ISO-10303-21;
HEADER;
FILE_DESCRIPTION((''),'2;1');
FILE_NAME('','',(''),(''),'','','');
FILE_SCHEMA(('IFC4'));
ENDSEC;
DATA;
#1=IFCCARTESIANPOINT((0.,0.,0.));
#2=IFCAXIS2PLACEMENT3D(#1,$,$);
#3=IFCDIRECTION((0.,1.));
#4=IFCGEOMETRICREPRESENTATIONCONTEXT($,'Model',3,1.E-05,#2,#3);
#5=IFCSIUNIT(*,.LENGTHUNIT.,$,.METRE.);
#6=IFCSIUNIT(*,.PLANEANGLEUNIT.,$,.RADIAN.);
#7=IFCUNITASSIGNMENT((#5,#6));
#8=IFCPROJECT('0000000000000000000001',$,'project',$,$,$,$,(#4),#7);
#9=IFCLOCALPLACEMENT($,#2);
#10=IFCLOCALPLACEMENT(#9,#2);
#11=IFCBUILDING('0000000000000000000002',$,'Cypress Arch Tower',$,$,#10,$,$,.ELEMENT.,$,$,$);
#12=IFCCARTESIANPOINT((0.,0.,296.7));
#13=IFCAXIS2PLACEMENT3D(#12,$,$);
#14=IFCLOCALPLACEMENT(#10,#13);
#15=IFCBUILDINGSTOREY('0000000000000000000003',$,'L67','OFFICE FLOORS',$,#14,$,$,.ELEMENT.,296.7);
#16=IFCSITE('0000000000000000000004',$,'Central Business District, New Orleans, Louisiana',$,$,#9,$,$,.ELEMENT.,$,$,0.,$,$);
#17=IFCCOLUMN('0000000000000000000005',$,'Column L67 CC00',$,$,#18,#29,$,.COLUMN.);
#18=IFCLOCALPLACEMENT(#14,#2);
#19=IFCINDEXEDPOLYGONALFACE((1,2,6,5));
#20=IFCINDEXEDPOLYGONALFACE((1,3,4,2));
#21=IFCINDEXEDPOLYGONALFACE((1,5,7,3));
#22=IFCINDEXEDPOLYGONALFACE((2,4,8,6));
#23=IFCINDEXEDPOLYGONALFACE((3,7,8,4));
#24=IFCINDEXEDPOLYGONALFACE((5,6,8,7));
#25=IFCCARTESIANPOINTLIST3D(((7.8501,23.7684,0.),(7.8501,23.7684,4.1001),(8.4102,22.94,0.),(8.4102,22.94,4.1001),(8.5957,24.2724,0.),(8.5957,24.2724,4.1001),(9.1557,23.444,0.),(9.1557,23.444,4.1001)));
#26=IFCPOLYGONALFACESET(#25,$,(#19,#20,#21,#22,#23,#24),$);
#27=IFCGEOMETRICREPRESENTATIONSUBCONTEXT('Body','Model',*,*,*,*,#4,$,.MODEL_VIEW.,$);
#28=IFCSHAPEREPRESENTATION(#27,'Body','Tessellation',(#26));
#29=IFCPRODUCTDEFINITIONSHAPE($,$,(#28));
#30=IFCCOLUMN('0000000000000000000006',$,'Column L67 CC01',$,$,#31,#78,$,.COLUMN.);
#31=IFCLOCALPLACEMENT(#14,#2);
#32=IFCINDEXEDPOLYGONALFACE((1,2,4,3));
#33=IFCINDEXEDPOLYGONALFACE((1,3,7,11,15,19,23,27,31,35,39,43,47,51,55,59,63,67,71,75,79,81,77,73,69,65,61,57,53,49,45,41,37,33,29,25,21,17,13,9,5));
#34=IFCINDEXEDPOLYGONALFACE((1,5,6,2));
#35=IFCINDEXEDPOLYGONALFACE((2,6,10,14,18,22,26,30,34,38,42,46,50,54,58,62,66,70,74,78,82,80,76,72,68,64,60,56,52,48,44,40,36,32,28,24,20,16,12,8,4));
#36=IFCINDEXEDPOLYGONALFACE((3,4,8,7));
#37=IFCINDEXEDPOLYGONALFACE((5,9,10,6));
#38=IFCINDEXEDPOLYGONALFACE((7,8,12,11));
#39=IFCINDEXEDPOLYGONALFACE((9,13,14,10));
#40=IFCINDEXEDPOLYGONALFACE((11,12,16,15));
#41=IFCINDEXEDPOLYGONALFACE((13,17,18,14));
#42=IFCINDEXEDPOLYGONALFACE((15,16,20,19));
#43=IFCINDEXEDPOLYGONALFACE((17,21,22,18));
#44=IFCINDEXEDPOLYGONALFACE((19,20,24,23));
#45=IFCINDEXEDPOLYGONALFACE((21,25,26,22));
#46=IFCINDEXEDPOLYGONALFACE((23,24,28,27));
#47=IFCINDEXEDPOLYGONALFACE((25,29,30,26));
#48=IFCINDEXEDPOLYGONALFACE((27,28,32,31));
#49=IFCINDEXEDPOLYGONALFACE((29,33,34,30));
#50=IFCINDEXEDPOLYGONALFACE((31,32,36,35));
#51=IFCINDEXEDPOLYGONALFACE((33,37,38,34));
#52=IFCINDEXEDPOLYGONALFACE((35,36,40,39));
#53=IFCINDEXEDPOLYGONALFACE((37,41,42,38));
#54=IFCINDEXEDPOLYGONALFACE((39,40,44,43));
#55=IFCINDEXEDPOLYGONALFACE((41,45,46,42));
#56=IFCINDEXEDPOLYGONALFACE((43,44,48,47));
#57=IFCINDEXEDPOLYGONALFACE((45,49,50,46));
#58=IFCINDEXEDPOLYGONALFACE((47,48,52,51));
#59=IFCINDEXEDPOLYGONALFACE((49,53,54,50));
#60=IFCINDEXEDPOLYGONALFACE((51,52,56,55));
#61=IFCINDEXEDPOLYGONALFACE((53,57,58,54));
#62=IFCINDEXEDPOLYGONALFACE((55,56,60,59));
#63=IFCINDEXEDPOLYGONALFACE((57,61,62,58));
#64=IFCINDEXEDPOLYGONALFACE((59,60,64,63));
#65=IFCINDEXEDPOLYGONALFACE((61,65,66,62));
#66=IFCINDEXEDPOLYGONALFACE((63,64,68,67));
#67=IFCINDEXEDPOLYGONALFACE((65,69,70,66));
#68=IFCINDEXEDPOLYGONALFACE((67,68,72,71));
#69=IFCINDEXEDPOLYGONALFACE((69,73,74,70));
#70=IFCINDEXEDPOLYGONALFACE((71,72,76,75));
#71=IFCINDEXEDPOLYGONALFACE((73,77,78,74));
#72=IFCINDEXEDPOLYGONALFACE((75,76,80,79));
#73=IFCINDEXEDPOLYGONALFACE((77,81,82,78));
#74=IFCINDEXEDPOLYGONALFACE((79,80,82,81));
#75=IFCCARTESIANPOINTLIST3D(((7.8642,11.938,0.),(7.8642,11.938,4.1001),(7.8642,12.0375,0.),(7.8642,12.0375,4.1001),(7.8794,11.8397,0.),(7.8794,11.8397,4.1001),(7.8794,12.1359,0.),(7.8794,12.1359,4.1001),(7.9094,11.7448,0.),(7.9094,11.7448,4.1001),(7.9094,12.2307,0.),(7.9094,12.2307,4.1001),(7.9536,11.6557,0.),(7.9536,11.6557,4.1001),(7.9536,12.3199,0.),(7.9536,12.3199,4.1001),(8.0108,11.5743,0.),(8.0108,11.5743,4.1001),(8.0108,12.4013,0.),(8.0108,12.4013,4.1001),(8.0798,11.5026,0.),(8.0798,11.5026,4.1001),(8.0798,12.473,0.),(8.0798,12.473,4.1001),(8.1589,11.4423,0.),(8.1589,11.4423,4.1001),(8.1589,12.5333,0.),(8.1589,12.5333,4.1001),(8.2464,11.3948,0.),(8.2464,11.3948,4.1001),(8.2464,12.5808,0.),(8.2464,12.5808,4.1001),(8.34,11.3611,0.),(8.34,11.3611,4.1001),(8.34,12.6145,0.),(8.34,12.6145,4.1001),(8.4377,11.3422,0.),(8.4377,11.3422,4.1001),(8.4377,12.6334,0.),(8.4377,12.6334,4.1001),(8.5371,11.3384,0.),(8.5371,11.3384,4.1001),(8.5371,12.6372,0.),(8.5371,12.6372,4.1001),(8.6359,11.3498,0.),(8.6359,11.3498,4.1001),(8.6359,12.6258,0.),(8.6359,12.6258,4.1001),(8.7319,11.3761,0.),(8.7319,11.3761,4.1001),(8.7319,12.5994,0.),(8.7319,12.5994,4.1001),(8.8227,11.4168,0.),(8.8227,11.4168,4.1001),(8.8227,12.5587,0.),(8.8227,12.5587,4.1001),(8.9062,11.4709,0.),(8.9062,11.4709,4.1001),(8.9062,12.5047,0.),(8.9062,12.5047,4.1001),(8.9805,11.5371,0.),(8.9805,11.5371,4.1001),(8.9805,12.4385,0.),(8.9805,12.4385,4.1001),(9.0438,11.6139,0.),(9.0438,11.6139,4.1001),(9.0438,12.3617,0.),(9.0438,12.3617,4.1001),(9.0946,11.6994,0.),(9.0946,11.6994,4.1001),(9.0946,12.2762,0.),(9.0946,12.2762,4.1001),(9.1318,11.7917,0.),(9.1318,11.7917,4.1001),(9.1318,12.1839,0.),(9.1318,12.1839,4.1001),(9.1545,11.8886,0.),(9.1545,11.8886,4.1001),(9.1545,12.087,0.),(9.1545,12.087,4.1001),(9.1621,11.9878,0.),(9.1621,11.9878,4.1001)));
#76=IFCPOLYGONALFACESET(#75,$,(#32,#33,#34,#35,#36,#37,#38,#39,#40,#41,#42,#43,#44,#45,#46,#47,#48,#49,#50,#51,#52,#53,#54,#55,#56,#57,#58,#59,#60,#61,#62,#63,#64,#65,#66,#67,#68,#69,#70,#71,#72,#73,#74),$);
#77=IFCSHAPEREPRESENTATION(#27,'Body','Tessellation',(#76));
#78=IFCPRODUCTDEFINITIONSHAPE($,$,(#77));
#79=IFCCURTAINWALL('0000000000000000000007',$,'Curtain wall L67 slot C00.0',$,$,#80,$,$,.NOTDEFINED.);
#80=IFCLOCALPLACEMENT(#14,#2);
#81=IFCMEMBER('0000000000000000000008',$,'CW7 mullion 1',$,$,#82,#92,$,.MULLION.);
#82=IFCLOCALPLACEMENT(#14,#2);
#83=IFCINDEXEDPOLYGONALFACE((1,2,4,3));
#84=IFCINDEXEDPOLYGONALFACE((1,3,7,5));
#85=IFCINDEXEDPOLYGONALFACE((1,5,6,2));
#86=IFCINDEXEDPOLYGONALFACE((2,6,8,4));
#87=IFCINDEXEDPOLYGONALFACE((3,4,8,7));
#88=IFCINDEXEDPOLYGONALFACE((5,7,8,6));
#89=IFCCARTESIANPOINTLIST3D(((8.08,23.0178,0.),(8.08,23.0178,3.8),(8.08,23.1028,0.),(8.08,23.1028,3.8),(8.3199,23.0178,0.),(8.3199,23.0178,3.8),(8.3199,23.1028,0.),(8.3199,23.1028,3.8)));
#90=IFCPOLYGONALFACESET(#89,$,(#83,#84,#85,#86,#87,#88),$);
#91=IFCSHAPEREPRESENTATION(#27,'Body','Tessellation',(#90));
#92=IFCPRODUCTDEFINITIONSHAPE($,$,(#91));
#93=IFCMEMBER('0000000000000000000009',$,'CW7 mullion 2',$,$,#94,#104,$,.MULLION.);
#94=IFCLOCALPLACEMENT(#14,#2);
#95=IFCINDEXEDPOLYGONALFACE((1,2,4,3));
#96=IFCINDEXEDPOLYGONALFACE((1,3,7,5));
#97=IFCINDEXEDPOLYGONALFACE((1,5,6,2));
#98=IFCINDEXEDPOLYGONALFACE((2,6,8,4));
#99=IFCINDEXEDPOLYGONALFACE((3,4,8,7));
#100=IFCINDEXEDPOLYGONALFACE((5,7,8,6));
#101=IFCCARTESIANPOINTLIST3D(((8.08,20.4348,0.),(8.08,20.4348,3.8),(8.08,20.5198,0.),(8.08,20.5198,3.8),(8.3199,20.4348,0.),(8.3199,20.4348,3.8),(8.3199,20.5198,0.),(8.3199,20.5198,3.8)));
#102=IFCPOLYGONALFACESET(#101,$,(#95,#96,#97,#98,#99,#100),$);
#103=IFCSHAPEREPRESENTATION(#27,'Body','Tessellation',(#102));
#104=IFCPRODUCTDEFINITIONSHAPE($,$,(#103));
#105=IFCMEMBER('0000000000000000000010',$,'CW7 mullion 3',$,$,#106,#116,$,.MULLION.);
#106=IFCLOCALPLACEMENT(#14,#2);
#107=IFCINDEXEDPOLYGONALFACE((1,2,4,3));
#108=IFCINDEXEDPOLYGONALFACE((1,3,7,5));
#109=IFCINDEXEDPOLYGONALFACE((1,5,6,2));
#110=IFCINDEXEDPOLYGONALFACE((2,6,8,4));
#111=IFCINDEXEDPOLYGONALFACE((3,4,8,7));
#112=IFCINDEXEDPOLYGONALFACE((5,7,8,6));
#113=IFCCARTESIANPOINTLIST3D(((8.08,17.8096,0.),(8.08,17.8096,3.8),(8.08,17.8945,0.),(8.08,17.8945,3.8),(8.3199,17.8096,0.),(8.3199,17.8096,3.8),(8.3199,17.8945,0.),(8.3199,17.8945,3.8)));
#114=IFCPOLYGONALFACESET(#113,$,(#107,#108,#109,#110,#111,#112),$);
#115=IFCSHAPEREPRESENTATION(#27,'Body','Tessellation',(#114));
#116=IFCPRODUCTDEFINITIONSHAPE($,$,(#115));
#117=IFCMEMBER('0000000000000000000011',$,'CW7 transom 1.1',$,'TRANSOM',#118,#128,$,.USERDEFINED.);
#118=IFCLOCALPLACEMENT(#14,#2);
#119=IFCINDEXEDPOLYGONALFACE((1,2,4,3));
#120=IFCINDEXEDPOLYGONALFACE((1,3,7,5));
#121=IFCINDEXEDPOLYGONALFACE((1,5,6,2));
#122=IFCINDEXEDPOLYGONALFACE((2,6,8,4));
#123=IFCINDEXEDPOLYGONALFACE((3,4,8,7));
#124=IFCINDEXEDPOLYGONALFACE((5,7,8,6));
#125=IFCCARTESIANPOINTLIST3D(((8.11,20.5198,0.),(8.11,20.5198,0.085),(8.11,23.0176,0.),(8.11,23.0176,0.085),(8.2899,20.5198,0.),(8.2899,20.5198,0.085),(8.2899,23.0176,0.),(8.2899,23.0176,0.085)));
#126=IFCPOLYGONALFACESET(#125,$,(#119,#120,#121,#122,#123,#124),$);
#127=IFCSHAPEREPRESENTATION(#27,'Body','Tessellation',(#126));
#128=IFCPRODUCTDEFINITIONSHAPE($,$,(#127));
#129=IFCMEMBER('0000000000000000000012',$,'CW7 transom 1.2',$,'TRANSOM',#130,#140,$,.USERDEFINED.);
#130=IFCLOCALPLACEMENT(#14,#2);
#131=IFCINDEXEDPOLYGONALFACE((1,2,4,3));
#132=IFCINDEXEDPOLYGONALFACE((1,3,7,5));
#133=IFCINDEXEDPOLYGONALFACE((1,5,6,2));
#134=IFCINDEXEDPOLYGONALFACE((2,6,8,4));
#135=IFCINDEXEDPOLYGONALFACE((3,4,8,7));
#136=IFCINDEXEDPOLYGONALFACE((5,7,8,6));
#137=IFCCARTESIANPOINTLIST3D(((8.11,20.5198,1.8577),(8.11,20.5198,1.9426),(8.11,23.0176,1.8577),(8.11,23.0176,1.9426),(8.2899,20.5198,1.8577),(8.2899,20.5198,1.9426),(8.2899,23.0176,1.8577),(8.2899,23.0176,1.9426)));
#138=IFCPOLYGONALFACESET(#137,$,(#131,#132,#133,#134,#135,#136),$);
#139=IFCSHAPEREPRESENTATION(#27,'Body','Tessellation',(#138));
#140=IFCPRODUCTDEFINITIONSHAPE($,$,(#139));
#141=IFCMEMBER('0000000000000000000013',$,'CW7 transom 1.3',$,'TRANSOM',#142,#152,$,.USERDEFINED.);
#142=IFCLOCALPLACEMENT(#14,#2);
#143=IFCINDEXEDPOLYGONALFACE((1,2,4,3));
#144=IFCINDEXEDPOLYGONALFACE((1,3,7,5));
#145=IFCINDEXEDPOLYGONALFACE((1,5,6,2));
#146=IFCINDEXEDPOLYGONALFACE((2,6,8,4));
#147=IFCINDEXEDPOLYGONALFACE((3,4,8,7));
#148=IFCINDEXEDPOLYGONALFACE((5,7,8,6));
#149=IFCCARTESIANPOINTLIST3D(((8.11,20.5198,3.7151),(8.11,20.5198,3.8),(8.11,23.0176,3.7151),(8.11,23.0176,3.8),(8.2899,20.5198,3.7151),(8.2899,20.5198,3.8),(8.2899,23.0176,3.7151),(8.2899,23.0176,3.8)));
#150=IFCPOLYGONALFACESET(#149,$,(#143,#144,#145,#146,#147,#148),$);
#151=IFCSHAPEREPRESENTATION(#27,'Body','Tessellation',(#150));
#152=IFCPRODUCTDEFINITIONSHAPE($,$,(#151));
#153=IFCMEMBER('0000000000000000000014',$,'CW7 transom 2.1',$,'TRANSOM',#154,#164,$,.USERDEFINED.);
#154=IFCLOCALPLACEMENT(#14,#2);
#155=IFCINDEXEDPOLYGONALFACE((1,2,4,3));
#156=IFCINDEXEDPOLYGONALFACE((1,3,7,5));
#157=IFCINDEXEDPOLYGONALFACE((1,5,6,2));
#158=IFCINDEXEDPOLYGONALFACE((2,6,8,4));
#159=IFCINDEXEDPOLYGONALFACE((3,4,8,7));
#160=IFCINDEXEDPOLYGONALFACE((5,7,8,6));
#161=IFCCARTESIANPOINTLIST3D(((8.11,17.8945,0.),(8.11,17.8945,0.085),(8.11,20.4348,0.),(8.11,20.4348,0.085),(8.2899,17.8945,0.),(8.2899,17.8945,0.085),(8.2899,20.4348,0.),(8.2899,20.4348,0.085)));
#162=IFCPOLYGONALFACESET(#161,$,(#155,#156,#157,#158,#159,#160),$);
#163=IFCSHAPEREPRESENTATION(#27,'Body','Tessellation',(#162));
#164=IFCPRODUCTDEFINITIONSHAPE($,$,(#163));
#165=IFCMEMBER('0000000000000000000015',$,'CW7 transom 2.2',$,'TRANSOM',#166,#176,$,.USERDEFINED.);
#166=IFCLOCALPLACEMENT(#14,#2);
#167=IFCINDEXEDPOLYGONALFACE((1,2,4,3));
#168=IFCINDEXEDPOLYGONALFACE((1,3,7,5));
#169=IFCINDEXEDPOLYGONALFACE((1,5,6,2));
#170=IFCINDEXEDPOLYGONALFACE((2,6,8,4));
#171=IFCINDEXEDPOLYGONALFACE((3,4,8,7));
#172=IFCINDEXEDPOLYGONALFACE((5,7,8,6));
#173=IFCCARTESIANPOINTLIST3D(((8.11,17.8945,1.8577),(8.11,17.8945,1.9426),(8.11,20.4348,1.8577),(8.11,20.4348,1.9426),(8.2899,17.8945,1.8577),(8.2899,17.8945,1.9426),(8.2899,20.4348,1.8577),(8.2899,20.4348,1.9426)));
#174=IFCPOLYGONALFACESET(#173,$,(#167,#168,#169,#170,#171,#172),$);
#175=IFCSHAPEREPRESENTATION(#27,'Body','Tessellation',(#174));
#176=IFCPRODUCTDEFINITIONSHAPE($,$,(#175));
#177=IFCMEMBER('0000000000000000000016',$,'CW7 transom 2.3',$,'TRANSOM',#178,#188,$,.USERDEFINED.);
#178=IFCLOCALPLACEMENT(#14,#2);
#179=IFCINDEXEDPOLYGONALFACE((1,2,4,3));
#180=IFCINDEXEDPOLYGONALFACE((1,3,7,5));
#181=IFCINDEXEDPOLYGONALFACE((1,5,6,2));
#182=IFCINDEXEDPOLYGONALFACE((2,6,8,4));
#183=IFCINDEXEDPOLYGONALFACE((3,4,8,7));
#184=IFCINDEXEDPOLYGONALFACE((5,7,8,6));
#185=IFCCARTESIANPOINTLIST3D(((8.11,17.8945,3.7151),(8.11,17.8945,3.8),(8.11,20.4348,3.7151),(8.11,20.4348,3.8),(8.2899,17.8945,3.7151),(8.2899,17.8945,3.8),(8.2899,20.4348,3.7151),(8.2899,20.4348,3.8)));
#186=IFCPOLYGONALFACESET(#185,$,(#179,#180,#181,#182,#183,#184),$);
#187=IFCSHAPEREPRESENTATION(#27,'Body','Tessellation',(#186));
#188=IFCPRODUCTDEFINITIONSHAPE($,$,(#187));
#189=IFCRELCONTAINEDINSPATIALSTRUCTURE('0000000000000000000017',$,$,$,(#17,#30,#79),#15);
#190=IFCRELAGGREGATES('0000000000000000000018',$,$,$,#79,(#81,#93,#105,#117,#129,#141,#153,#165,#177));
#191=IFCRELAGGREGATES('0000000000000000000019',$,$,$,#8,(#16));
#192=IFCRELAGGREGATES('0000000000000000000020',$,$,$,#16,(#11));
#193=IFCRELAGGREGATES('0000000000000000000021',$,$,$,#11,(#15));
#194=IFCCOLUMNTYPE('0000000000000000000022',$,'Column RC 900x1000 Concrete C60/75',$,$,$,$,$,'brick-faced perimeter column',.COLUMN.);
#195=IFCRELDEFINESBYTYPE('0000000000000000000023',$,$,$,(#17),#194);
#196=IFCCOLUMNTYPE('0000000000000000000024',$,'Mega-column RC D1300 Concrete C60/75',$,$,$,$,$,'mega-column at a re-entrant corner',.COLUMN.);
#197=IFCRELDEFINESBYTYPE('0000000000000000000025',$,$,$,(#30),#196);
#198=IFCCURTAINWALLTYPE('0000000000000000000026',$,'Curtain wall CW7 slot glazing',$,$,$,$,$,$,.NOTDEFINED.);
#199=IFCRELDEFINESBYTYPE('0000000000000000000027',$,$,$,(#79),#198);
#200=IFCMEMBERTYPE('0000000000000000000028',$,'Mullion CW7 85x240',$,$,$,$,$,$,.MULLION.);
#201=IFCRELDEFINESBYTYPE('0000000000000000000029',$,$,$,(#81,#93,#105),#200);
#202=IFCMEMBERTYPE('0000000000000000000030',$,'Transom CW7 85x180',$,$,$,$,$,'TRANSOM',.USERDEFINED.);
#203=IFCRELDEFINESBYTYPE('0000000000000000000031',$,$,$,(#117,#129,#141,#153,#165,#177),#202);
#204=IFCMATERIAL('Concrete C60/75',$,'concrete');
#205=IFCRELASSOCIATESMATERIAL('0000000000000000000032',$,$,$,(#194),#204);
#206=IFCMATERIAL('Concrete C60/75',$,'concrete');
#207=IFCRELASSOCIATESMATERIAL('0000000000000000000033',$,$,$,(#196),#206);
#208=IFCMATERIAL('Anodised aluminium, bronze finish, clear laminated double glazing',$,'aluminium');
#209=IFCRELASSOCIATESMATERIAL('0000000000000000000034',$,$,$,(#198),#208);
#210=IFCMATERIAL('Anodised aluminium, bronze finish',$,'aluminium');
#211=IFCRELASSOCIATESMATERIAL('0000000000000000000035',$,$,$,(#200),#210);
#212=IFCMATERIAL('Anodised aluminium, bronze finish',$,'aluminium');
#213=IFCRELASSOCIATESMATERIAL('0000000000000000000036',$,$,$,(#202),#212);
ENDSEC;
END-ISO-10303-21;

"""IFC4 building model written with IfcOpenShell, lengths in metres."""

from ifc_helpers import new_model, si_unit, direction, frame, origin, origin_2d, place, context, subcontext, project, spatial, rectangle, circle, extrude, material, material_profile, profile_set, type_object, element, aggregate, save


model = new_model("IFC4")

# Units and contexts
model_context = context("Model", 3, precision=1e-05, world=origin(), true_north=direction((0.0, 1.0)))
body_context = subcontext(model_context, "Body", "Model", "MODEL_VIEW")
ifc_project = project(units=[si_unit("LENGTHUNIT", "METRE"), si_unit("PLANEANGLEUNIT", "RADIAN")], contexts=[model_context])

# Site, building, storey
site_placement = place(None, origin())
site = spatial("IfcSite", under=ifc_project, at=site_placement, Name="Central Business District, New Orleans, Louisiana", CompositionType="ELEMENT", RefElevation=0.0)
building_placement = place(site_placement, origin())
building = spatial("IfcBuilding", under=site, at=building_placement, Name="Cypress Arch Tower", CompositionType="ELEMENT")
storey_placement = place(building_placement, frame((0.0, 0.0, 296.7)))
storey = spatial("IfcBuildingStorey", under=building, at=storey_placement, Name="L67", Description="OFFICE FLOORS", CompositionType="ELEMENT", Elevation=296.7)

# Columns
ifc_material_1 = material(Name="Concrete C60/75", Category="concrete")
ifc_material_profile_1 = material_profile(ifc_material_1, rectangle(XDim=0.8999, YDim=1.0, at=origin_2d()), Name="RC 900x1000")
ifc_profile_set_1 = profile_set([ifc_material_profile_1], Name="Concrete C60/75")
column_type_1 = type_object("IfcColumnType", Name="Column RC 900x1000 Concrete C60/75", ElementType="brick-faced perimeter column", PredefinedType="COLUMN", material=ifc_profile_set_1)
column_1_placement = place(storey_placement, frame((8.5029, 23.6062, 0.0), z_axis=(0.0, 0.0, 1.0), x_axis=(-0.82847, -0.560034, 0.0)))
element("IfcColumn", 1, at=column_1_placement, inside=storey, type_object=column_type_1, Name="Column L67 CC00", PredefinedType="COLUMN", context=body_context, shape_type="SweptSolid", body=[
    extrude(rectangle(XDim=0.8999, YDim=1.0, at=origin_2d()), origin(), (0.0, 0.0, 1.0), 4.1001),
])
ifc_material_2 = material(Name="Concrete C60/75", Category="concrete")
ifc_material_profile_2 = material_profile(ifc_material_2, circle(Radius=0.6499, at=origin_2d()), Name="RC D1300")
ifc_profile_set_2 = profile_set([ifc_material_profile_2], Name="Concrete C60/75")
column_type_2 = type_object("IfcColumnType", Name="Mega-column RC D1300 Concrete C60/75", ElementType="mega-column at a re-entrant corner", PredefinedType="COLUMN", material=ifc_profile_set_2)
column_2_placement = place(storey_placement, frame((8.5122, 11.9878, 0.0), z_axis=(0.0, 0.0, 1.0), x_axis=(1.0, 0.0, 0.0)))
element("IfcColumn", 2, at=column_2_placement, inside=storey, type_object=column_type_2, Name="Column L67 CC01", PredefinedType="COLUMN", context=body_context, shape_type="SweptSolid", body=[
    extrude(circle(Radius=0.6499, at=origin_2d()), origin(), (0.0, 0.0, 1.0), 4.1001),
])

# Curtain wall, members
ifc_material_3 = material(Name="Anodised aluminium, bronze finish, clear laminated double glazing", Category="aluminium")
curtain_wall_type = type_object("IfcCurtainWallType", Name="Curtain wall CW7 slot glazing", PredefinedType="NOTDEFINED", material=ifc_material_3)
curtain_wall_placement = place(storey_placement, origin())
curtain_wall = element("IfcCurtainWall", 3, at=curtain_wall_placement, inside=storey, type_object=curtain_wall_type, Name="Curtain wall L67 slot C00.0", PredefinedType="NOTDEFINED")
ifc_material_4 = material(Name="Anodised aluminium, bronze finish", Category="aluminium")
ifc_material_profile_3 = material_profile(ifc_material_4, rectangle(XDim=0.24, YDim=0.085, at=origin_2d()), Name="Mullion 85x240")
ifc_profile_set_3 = profile_set([ifc_material_profile_3], Name="Anodised aluminium, bronze finish")
member_type_1 = type_object("IfcMemberType", Name="Mullion CW7 85x240", PredefinedType="MULLION", material=ifc_profile_set_3)
member_1_placement = place(storey_placement, frame((8.2, 23.0603, 0.0), z_axis=(0.0, 0.0, 1.0), x_axis=(1.0, 0.0, 0.0)))
member_1 = element("IfcMember", 4, at=member_1_placement, type_object=member_type_1, Name="CW7 mullion 1", PredefinedType="MULLION", context=body_context, shape_type="SweptSolid", body=[
    extrude(rectangle(XDim=0.24, YDim=0.085, at=origin_2d()), origin(), (0.0, 0.0, 1.0), 3.8),
])
member_2_placement = place(storey_placement, frame((8.2, 20.4773, 0.0), z_axis=(0.0, 0.0, 1.0), x_axis=(1.0, 0.0, 0.0)))
member_2 = element("IfcMember", 5, at=member_2_placement, type_object=member_type_1, Name="CW7 mullion 2", PredefinedType="MULLION", context=body_context, shape_type="SweptSolid", body=[
    extrude(rectangle(XDim=0.24, YDim=0.085, at=origin_2d()), origin(), (0.0, 0.0, 1.0), 3.8),
])
member_3_placement = place(storey_placement, frame((8.2, 17.8521, 0.0), z_axis=(0.0, 0.0, 1.0), x_axis=(1.0, 0.0, 0.0)))
member_3 = element("IfcMember", 6, at=member_3_placement, type_object=member_type_1, Name="CW7 mullion 3", PredefinedType="MULLION", context=body_context, shape_type="SweptSolid", body=[
    extrude(rectangle(XDim=0.24, YDim=0.085, at=origin_2d()), origin(), (0.0, 0.0, 1.0), 3.8),
])
ifc_material_5 = material(Name="Anodised aluminium, bronze finish", Category="aluminium")
ifc_material_profile_4 = material_profile(ifc_material_5, rectangle(XDim=0.1799, YDim=0.085, at=origin_2d()), Name="Transom 85x180")
ifc_profile_set_4 = profile_set([ifc_material_profile_4], Name="Anodised aluminium, bronze finish")
member_type_2 = type_object("IfcMemberType", Name="Transom CW7 85x180", ElementType="TRANSOM", PredefinedType="USERDEFINED", material=ifc_profile_set_4)
member_4_placement = place(storey_placement, frame((8.2, 23.0176, 0.0425), z_axis=(0.0, -1.0, 0.0), x_axis=(1.0, 0.0, 0.0)))
member_4 = element("IfcMember", 7, at=member_4_placement, type_object=member_type_2, Name="CW7 transom 1.1", ObjectType="TRANSOM", PredefinedType="USERDEFINED", context=body_context, shape_type="SweptSolid", body=[
    extrude(rectangle(XDim=0.1799, YDim=0.085, at=origin_2d()), origin(), (0.0, 0.0, 1.0), 2.4978),
])
member_5_placement = place(storey_placement, frame((8.2, 23.0176, 1.9001), z_axis=(0.0, -1.0, 0.0), x_axis=(1.0, 0.0, 0.0)))
member_5 = element("IfcMember", 8, at=member_5_placement, type_object=member_type_2, Name="CW7 transom 1.2", ObjectType="TRANSOM", PredefinedType="USERDEFINED", context=body_context, shape_type="SweptSolid", body=[
    extrude(rectangle(XDim=0.1799, YDim=0.085, at=origin_2d()), origin(), (0.0, 0.0, 1.0), 2.4978),
])
member_6_placement = place(storey_placement, frame((8.2, 23.0176, 3.7576), z_axis=(0.0, -1.0, 0.0), x_axis=(1.0, 0.0, 0.0)))
member_6 = element("IfcMember", 9, at=member_6_placement, type_object=member_type_2, Name="CW7 transom 1.3", ObjectType="TRANSOM", PredefinedType="USERDEFINED", context=body_context, shape_type="SweptSolid", body=[
    extrude(rectangle(XDim=0.1799, YDim=0.085, at=origin_2d()), origin(), (0.0, 0.0, 1.0), 2.4978),
])
member_7_placement = place(storey_placement, frame((8.2, 20.4348, 0.0425), z_axis=(0.0, -1.0, 0.0), x_axis=(1.0, 0.0, 0.0)))
member_7 = element("IfcMember", 10, at=member_7_placement, type_object=member_type_2, Name="CW7 transom 2.1", ObjectType="TRANSOM", PredefinedType="USERDEFINED", context=body_context, shape_type="SweptSolid", body=[
    extrude(rectangle(XDim=0.1799, YDim=0.085, at=origin_2d()), origin(), (0.0, 0.0, 1.0), 2.5403),
])
member_8_placement = place(storey_placement, frame((8.2, 20.4348, 1.9001), z_axis=(0.0, -1.0, 0.0), x_axis=(1.0, 0.0, 0.0)))
member_8 = element("IfcMember", 11, at=member_8_placement, type_object=member_type_2, Name="CW7 transom 2.2", ObjectType="TRANSOM", PredefinedType="USERDEFINED", context=body_context, shape_type="SweptSolid", body=[
    extrude(rectangle(XDim=0.1799, YDim=0.085, at=origin_2d()), origin(), (0.0, 0.0, 1.0), 2.5403),
])
member_9_placement = place(storey_placement, frame((8.2, 20.4348, 3.7576), z_axis=(0.0, -1.0, 0.0), x_axis=(1.0, 0.0, 0.0)))
member_9 = element("IfcMember", 12, at=member_9_placement, type_object=member_type_2, Name="CW7 transom 2.3", ObjectType="TRANSOM", PredefinedType="USERDEFINED", context=body_context, shape_type="SweptSolid", body=[
    extrude(rectangle(XDim=0.1799, YDim=0.085, at=origin_2d()), origin(), (0.0, 0.0, 1.0), 2.5403),
])
aggregate(curtain_wall, [member_1, member_2, member_3, member_4, member_5, member_6, member_7, member_8, member_9])

save(model, "model.ifc")
